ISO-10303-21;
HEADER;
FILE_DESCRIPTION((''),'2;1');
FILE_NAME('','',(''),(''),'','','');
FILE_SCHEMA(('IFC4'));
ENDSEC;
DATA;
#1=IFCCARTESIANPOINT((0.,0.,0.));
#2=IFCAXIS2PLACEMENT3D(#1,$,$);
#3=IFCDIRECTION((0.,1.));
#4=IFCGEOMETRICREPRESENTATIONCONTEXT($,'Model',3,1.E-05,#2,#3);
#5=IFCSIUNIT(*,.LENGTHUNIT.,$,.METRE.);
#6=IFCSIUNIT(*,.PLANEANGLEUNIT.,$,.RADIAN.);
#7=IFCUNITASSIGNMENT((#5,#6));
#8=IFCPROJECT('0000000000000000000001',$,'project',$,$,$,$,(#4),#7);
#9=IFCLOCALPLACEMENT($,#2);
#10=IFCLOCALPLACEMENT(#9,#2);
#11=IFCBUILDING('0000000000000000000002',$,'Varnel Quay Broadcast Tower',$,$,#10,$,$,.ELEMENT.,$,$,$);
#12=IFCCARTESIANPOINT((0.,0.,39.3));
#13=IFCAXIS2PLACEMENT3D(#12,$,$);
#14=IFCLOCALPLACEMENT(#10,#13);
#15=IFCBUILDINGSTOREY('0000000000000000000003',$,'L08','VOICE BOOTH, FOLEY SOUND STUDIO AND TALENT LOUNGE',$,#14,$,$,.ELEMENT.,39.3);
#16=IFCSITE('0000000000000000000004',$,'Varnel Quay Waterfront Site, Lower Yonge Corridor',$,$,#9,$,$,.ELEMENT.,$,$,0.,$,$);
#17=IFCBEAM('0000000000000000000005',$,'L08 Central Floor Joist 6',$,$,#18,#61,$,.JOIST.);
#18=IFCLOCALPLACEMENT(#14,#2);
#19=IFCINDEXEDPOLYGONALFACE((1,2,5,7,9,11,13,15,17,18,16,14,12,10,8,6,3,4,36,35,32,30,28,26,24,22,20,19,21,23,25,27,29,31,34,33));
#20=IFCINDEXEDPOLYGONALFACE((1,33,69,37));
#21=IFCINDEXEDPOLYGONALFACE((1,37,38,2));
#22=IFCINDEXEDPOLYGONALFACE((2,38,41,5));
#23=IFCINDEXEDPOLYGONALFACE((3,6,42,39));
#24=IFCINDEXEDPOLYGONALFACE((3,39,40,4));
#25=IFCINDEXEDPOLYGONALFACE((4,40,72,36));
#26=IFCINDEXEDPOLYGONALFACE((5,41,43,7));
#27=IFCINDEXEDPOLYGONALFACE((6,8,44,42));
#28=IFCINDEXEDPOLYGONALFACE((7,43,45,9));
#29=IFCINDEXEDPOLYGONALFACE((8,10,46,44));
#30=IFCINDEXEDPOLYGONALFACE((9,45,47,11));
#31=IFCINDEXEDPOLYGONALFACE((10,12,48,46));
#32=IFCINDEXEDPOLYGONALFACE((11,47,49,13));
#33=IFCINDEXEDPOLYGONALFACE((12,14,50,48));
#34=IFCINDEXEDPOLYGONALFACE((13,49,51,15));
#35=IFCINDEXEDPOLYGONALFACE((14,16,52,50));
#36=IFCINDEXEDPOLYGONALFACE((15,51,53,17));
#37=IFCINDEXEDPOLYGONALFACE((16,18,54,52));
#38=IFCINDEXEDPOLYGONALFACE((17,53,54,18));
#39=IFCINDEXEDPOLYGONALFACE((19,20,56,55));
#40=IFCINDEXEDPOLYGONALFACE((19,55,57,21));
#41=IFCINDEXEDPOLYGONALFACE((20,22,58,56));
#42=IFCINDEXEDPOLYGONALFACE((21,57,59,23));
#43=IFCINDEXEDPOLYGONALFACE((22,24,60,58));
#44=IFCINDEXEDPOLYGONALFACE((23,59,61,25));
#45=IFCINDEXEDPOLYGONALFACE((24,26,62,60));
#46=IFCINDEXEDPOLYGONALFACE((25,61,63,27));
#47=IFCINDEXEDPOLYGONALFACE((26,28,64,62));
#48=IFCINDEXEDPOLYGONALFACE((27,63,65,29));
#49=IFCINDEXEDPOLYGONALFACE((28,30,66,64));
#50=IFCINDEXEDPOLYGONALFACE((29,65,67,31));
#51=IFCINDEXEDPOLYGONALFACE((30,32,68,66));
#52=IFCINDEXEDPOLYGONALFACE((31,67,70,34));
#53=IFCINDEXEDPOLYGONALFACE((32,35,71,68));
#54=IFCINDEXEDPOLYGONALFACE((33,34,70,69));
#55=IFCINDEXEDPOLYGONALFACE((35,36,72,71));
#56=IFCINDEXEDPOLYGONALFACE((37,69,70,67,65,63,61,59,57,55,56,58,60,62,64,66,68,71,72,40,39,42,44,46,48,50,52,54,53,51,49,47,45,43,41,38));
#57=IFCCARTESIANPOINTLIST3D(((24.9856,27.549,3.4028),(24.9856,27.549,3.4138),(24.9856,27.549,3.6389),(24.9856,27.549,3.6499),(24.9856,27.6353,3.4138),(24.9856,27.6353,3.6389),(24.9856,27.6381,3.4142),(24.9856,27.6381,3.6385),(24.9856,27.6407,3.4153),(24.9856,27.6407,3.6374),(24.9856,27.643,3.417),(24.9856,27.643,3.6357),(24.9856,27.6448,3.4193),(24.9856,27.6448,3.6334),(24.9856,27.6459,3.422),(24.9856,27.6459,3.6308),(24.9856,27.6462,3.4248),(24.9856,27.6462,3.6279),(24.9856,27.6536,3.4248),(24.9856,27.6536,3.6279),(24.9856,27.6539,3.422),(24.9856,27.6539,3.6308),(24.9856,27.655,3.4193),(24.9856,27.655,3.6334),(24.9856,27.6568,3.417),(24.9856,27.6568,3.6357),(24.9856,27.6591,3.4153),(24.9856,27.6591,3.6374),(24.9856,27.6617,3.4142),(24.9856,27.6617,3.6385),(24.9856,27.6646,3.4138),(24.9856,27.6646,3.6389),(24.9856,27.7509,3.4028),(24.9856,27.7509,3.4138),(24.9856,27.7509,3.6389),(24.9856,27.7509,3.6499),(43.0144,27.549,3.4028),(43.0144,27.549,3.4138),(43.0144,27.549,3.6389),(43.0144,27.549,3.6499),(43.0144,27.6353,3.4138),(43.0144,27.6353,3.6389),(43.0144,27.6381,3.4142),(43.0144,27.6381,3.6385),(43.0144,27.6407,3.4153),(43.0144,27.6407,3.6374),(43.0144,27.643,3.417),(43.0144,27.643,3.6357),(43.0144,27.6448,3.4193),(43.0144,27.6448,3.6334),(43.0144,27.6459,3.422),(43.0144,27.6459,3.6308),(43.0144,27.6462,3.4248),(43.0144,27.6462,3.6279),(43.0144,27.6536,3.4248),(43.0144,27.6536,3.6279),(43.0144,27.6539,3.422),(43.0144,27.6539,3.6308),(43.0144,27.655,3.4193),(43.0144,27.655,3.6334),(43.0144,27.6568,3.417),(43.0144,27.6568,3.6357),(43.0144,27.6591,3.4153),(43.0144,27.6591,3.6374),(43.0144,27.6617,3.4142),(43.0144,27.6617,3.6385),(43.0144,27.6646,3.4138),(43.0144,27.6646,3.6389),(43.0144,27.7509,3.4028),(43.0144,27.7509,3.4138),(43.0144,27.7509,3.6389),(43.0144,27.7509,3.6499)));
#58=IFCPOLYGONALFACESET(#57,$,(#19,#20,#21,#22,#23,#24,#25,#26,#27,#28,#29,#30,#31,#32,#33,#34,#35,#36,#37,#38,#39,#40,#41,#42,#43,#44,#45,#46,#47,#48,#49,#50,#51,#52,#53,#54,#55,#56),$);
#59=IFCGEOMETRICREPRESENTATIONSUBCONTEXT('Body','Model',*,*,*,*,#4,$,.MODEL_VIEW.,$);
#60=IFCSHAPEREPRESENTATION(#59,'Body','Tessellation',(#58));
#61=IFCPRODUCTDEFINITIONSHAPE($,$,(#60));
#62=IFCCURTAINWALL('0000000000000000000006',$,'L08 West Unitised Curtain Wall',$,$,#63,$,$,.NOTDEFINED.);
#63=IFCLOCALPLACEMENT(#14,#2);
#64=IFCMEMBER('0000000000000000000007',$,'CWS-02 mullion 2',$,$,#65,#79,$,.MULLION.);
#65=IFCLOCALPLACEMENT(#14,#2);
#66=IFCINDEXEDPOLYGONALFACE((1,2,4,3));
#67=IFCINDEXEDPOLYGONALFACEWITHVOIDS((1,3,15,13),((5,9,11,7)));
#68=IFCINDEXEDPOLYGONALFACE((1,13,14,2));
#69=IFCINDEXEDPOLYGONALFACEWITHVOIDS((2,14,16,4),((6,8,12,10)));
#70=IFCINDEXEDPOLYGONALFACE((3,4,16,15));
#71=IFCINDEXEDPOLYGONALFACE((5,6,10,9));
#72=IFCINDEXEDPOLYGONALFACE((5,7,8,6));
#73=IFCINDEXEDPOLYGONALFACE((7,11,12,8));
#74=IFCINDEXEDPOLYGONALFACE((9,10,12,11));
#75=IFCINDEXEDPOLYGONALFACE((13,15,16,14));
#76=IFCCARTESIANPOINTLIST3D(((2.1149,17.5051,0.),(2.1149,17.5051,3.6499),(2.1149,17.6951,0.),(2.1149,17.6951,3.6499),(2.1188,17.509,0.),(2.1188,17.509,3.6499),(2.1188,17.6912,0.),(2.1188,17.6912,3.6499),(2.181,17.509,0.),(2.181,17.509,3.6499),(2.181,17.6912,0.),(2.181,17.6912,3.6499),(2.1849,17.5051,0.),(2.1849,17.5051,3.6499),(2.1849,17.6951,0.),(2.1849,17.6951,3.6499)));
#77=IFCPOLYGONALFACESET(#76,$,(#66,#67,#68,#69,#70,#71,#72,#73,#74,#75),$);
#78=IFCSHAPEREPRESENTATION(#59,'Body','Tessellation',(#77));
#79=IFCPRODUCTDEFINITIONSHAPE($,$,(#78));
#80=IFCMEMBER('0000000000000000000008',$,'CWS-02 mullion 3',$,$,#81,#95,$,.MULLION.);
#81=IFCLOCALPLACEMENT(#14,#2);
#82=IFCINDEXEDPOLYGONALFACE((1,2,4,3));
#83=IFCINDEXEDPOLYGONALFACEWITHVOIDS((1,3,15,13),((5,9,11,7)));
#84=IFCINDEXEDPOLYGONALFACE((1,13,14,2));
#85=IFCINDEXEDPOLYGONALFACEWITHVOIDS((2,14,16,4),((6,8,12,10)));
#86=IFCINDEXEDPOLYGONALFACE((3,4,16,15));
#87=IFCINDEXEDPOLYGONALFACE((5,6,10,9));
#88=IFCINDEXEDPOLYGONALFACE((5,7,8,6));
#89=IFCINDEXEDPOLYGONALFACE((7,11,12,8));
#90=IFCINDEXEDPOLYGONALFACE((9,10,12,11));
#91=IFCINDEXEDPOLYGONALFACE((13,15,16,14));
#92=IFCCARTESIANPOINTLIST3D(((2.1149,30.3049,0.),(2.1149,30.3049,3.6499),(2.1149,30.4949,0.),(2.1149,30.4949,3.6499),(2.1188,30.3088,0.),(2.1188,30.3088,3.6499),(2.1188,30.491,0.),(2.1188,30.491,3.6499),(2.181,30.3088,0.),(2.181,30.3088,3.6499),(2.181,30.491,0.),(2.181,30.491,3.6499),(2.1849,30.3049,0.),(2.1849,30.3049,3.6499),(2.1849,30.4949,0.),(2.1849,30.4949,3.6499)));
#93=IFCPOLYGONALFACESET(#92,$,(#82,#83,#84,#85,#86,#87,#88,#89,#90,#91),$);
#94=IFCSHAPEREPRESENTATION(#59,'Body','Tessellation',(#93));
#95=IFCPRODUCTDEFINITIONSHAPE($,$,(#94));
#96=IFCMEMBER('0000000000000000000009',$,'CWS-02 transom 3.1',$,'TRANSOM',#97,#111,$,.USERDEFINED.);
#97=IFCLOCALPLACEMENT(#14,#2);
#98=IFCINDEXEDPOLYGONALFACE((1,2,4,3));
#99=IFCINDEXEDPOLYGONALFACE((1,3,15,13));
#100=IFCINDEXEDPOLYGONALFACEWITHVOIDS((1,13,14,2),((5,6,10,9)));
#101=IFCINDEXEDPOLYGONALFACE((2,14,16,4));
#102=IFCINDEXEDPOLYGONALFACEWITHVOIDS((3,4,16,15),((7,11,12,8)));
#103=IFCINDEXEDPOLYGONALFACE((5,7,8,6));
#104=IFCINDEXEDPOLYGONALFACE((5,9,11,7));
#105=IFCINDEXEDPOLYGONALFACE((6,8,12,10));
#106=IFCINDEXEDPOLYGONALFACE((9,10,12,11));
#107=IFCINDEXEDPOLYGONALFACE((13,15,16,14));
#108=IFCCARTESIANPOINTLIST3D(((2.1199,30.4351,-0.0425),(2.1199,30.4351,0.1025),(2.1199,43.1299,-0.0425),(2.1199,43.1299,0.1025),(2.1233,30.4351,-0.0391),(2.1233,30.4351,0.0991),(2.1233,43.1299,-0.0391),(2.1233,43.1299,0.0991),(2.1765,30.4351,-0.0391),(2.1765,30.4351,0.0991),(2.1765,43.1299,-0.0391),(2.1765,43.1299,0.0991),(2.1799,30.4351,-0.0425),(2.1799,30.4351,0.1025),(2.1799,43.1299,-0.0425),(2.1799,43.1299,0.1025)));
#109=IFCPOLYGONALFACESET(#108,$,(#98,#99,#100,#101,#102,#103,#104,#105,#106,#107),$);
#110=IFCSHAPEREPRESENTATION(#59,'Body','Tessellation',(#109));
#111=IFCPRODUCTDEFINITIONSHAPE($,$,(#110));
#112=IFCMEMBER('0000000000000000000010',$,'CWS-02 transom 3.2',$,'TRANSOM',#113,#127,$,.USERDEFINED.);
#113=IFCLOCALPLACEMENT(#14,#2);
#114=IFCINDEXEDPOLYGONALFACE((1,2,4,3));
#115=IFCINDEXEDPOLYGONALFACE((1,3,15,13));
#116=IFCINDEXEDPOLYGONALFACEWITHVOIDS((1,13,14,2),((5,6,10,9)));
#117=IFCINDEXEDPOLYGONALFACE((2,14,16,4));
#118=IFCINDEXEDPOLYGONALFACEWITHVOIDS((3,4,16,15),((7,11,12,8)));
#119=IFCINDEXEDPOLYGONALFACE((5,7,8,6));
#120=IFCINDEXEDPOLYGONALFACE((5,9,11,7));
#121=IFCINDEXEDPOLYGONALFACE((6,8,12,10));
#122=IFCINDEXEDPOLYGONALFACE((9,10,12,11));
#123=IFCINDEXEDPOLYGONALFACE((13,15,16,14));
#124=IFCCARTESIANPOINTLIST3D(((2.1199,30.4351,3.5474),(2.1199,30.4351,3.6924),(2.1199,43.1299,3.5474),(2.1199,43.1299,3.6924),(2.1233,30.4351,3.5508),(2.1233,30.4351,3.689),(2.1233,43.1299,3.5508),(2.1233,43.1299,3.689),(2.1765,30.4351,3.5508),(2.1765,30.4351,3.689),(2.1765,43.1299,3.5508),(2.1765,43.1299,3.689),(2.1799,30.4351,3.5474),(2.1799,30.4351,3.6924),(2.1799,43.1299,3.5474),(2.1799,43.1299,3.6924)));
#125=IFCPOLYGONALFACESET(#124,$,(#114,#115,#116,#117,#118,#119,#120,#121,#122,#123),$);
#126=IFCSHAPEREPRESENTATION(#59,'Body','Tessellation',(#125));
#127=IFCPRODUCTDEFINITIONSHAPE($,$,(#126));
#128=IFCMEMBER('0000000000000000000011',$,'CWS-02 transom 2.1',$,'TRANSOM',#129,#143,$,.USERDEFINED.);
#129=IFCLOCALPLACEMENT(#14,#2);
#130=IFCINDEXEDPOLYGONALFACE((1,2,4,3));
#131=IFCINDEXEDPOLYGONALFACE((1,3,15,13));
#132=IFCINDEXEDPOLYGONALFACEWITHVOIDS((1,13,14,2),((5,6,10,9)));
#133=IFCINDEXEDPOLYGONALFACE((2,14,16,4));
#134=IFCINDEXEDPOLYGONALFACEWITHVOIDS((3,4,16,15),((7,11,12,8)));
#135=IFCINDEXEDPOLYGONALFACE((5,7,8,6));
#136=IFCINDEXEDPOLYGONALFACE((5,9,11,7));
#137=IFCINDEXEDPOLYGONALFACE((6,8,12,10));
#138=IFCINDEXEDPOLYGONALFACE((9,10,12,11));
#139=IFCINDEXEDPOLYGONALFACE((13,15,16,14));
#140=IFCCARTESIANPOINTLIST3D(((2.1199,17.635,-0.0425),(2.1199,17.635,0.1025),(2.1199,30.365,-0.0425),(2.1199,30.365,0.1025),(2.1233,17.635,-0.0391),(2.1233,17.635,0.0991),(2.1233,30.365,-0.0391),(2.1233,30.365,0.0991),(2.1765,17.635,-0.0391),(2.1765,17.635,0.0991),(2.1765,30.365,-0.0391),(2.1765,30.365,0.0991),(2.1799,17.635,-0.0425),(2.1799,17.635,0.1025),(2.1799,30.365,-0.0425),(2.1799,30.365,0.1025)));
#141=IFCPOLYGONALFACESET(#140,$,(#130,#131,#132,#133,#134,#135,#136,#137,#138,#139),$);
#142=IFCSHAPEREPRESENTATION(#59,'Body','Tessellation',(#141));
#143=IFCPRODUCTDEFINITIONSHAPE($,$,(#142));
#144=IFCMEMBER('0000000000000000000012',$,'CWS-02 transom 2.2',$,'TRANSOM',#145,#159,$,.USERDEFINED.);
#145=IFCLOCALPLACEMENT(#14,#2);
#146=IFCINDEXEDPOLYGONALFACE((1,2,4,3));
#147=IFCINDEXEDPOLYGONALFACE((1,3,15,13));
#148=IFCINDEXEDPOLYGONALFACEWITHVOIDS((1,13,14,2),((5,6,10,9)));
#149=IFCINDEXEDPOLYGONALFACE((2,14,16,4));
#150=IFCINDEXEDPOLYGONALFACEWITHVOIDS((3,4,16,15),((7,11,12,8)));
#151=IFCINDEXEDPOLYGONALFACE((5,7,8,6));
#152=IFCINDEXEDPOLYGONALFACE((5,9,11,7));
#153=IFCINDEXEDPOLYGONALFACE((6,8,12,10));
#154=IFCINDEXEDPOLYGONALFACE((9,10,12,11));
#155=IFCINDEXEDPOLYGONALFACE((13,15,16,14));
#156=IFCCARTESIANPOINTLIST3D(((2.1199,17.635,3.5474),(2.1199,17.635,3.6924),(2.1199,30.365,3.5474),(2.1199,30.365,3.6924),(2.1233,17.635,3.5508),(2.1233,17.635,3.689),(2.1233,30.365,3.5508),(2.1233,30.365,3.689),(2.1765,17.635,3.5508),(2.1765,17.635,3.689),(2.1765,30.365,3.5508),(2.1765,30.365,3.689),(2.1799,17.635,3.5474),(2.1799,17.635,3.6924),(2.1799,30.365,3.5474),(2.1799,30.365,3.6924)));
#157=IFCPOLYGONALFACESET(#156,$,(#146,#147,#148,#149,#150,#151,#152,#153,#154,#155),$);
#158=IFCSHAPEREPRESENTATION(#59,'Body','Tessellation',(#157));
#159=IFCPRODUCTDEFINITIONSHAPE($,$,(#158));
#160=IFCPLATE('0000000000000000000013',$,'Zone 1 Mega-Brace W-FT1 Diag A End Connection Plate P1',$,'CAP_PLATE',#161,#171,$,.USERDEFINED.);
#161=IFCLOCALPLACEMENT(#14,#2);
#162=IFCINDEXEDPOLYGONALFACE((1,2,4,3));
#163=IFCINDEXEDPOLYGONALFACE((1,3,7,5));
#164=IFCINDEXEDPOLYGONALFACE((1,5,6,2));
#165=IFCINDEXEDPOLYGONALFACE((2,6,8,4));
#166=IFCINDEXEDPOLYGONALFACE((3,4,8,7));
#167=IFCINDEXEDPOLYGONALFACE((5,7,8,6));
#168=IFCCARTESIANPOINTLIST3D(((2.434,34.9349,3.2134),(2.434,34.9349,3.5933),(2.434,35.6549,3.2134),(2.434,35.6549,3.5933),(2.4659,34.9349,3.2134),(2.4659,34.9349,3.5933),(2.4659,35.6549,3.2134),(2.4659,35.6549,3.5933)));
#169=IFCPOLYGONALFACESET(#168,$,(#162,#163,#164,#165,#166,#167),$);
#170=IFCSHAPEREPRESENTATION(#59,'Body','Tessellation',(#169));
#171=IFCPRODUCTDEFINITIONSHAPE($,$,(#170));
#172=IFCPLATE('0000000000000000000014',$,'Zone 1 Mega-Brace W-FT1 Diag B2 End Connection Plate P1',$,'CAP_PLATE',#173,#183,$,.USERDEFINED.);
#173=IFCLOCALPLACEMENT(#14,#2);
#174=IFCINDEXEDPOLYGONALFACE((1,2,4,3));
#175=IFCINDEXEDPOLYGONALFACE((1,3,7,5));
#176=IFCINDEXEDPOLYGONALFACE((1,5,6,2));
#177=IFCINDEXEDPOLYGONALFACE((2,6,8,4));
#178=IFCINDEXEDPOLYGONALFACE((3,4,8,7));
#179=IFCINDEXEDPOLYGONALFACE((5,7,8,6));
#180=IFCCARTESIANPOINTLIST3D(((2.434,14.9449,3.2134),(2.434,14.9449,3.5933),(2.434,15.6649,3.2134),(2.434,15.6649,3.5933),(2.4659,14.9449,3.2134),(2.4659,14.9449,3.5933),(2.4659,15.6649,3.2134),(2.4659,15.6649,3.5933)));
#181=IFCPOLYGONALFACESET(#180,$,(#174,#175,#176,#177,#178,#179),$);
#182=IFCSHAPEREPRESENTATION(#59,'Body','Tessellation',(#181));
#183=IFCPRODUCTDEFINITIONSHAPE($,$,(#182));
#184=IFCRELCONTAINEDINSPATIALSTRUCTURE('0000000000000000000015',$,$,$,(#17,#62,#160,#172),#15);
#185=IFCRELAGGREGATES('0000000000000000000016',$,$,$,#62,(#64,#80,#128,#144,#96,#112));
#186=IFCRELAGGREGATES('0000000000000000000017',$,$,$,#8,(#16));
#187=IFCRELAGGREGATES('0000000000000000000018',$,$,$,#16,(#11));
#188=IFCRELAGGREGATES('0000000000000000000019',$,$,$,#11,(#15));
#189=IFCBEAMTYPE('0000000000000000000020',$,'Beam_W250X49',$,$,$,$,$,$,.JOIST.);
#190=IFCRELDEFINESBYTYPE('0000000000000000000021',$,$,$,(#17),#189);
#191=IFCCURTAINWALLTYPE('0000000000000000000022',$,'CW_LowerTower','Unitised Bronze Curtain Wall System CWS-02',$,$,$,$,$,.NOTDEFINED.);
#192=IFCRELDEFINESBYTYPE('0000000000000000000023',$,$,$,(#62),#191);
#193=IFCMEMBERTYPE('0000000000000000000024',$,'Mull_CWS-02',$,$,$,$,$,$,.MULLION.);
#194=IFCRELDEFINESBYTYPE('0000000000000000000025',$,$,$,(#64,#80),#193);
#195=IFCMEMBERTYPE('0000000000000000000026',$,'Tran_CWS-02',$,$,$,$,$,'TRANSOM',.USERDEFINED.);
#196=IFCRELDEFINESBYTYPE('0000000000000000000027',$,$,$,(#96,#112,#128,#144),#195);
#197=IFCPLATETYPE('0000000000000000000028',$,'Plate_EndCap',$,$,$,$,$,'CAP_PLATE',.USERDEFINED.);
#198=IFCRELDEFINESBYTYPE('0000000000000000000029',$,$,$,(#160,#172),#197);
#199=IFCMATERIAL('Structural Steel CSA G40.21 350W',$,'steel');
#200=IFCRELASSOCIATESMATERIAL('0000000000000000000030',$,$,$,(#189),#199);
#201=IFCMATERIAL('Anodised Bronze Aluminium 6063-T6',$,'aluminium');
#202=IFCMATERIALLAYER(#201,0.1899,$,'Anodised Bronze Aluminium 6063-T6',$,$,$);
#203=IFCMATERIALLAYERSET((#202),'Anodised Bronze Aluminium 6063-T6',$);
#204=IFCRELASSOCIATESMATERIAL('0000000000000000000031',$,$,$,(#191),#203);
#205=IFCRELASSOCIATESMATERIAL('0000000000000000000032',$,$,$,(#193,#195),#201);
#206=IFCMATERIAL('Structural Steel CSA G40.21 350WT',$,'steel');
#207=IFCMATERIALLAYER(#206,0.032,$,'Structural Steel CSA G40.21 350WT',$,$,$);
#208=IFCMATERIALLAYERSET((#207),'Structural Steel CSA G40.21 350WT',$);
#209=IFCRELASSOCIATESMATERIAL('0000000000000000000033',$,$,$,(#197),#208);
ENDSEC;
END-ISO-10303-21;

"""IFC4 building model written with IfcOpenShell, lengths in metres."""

from ifc_helpers import new_model, si_unit, direction, frame, origin, origin_2d, place, context, subcontext, project, spatial, rectangle, hollow_rectangle, i_section, extrude, source, transform, mapped, material, layer, layer_set, material_profile, profile_set, type_object, type_shapes, element, aggregate, save


model = new_model("IFC4")

# Units and contexts
model_context = context("Model", 3, precision=1e-05, world=origin(), true_north=direction((0.0, 1.0)))
body_context = subcontext(model_context, "Body", "Model", "MODEL_VIEW")
ifc_project = project(units=[si_unit("LENGTHUNIT", "METRE"), si_unit("PLANEANGLEUNIT", "RADIAN")], contexts=[model_context])

# Site, building, storey
site_placement = place(None, origin())
site = spatial("IfcSite", under=ifc_project, at=site_placement, Name="Varnel Quay Waterfront Site, Lower Yonge Corridor", CompositionType="ELEMENT", RefElevation=0.0)
building_placement = place(site_placement, origin())
building = spatial("IfcBuilding", under=site, at=building_placement, Name="Varnel Quay Broadcast Tower", CompositionType="ELEMENT")
storey_placement = place(building_placement, frame((0.0, 0.0, 39.3)))
storey = spatial("IfcBuildingStorey", under=building, at=storey_placement, Name="L08", Description="VOICE BOOTH, FOLEY SOUND STUDIO AND TALENT LOUNGE", CompositionType="ELEMENT", Elevation=39.3)

# Shared definitions
ifc_material_1 = material(Name="Structural Steel CSA G40.21 350WT", Category="steel")
ifc_material_2 = material(Name="Structural Steel CSA G40.21 350W", Category="steel")

# Beam
ifc_material_profile_1 = material_profile(ifc_material_2, i_section(OverallWidth=0.2019, OverallDepth=0.2471, WebThickness=0.0073, FlangeThickness=0.011, FilletRadius=0.011, at=origin_2d()), Name="W250X49")
ifc_profile_set_1 = profile_set([ifc_material_profile_1], Name="Structural Steel CSA G40.21 350W")
beam_type_1 = type_object("IfcBeamType", Name="Beam_W250X49", PredefinedType="JOIST", material=ifc_profile_set_1)
shared_shape_1 = source(origin(), body_context, "Body", "SweptSolid", [
    extrude(i_section(OverallWidth=0.2019, OverallDepth=0.2471, WebThickness=0.0073, FlangeThickness=0.011, FilletRadius=0.011, at=origin_2d()), origin(), (0.0, 0.0, 1.0), 18.0288),
])
beam_1_placement = place(storey_placement, frame((24.9856, 27.6499, 3.5264), z_axis=(1.0, 0.0, 0.0), x_axis=(0.0, 1.0, 0.0)))
element("IfcBeam", 1, at=beam_1_placement, inside=storey, type_object=beam_type_1, Name="L08 Central Floor Joist 6", PredefinedType="JOIST", context=body_context, shape_type="MappedRepresentation", body=[
    mapped(shared_shape_1, transform((0.0, 0.0, 0.0), x_axis=(1.0, 0.0, 0.0), y_axis=(0.0, 1.0, 0.0), z_axis=(0.0, 0.0, 1.0), scale=1.0)),
])

# Curtain wall, members
ifc_material_3 = material(Name="Anodised Bronze Aluminium 6063-T6", Category="aluminium")
ifc_layer_1 = layer(ifc_material_3, 0.1899, Name="Anodised Bronze Aluminium 6063-T6")
ifc_layer_set_1 = layer_set([ifc_layer_1], Name="Anodised Bronze Aluminium 6063-T6")
curtain_wall_type = type_object("IfcCurtainWallType", Name="CW_LowerTower", Description="Unitised Bronze Curtain Wall System CWS-02", PredefinedType="NOTDEFINED", material=ifc_layer_set_1)
curtain_wall_placement = place(storey_placement, origin())
curtain_wall = element("IfcCurtainWall", 2, at=curtain_wall_placement, inside=storey, type_object=curtain_wall_type, Name="L08 West Unitised Curtain Wall", PredefinedType="NOTDEFINED")
ifc_material_profile_2 = material_profile(ifc_material_3, hollow_rectangle(XDim=0.0701, YDim=0.1899, WallThickness=0.0039, at=origin_2d()), Name="ALU70X190X4")
ifc_profile_set_2 = profile_set([ifc_material_profile_2], Name="Anodised Bronze Aluminium 6063-T6")
member_type_1 = type_object("IfcMemberType", Name="Mull_CWS-02", PredefinedType="MULLION", material=ifc_profile_set_2)
shared_shape_2 = source(origin(), body_context, "Body", "SweptSolid", [
    extrude(hollow_rectangle(XDim=0.0701, YDim=0.1899, WallThickness=0.0039, at=origin_2d()), origin(), (0.0, 0.0, 1.0), 3.6499),
])
type_shapes(member_type_1, [shared_shape_2])
member_1_placement = place(storey_placement, frame((2.1499, 17.6001, 0.0), z_axis=(0.0, 0.0, 1.0), x_axis=(-1.0, 0.0, 0.0)))
member_1 = element("IfcMember", 3, at=member_1_placement, type_object=member_type_1, Name="CWS-02 mullion 2", PredefinedType="MULLION", context=body_context, shape_type="MappedRepresentation", body=[
    mapped(shared_shape_2, transform((0.0, 0.0, 0.0), x_axis=(1.0, 0.0, 0.0), y_axis=(0.0, 1.0, 0.0), z_axis=(0.0, 0.0, 1.0), scale=1.0)),
])
member_2_placement = place(storey_placement, frame((2.1499, 30.3999, 0.0), z_axis=(0.0, 0.0, 1.0), x_axis=(-1.0, 0.0, 0.0)))
member_2 = element("IfcMember", 4, at=member_2_placement, type_object=member_type_1, Name="CWS-02 mullion 3", PredefinedType="MULLION", context=body_context, shape_type="MappedRepresentation", body=[
    mapped(shared_shape_2, transform((0.0, 0.0, 0.0), x_axis=(1.0, 0.0, 0.0), y_axis=(0.0, 1.0, 0.0), z_axis=(0.0, 0.0, 1.0), scale=1.0)),
])
ifc_material_profile_3 = material_profile(ifc_material_3, hollow_rectangle(XDim=0.0601, YDim=0.145, WallThickness=0.0034, at=origin_2d()), Name="ALU60X145X3.5")
ifc_profile_set_3 = profile_set([ifc_material_profile_3], Name="Anodised Bronze Aluminium 6063-T6")
member_type_2 = type_object("IfcMemberType", Name="Tran_CWS-02", ElementType="TRANSOM", PredefinedType="USERDEFINED", material=ifc_profile_set_3)
shared_shape_3 = source(origin(), body_context, "Body", "SweptSolid", [
    extrude(hollow_rectangle(XDim=0.0601, YDim=0.145, WallThickness=0.0034, at=origin_2d()), origin(), (0.0, 0.0, 1.0), 12.6948),
])
member_3_placement = place(storey_placement, frame((2.1499, 30.4351, 0.03), z_axis=(0.0, 1.0, 0.0), x_axis=(-1.0, 0.0, 0.0)))
member_3 = element("IfcMember", 5, at=member_3_placement, type_object=member_type_2, Name="CWS-02 transom 3.1", ObjectType="TRANSOM", PredefinedType="USERDEFINED", context=body_context, shape_type="MappedRepresentation", body=[
    mapped(shared_shape_3, transform((0.0, 0.0, 0.0), x_axis=(1.0, 0.0, 0.0), y_axis=(0.0, 1.0, 0.0), z_axis=(0.0, 0.0, 1.0), scale=1.0)),
])
member_4_placement = place(storey_placement, frame((2.1499, 30.4351, 3.6199), z_axis=(0.0, 1.0, 0.0), x_axis=(-1.0, 0.0, 0.0)))
member_4 = element("IfcMember", 6, at=member_4_placement, type_object=member_type_2, Name="CWS-02 transom 3.2", ObjectType="TRANSOM", PredefinedType="USERDEFINED", context=body_context, shape_type="MappedRepresentation", body=[
    mapped(shared_shape_3, transform((0.0, 0.0, 0.0), x_axis=(1.0, 0.0, 0.0), y_axis=(0.0, 1.0, 0.0), z_axis=(0.0, 0.0, 1.0), scale=1.0)),
])
shared_shape_4 = source(origin(), body_context, "Body", "SweptSolid", [
    extrude(hollow_rectangle(XDim=0.0601, YDim=0.145, WallThickness=0.0034, at=origin_2d()), origin(), (0.0, 0.0, 1.0), 12.73),
])
type_shapes(member_type_2, [shared_shape_3, shared_shape_4])
member_5_placement = place(storey_placement, frame((2.1499, 17.635, 0.03), z_axis=(0.0, 1.0, 0.0), x_axis=(-1.0, 0.0, 0.0)))
member_5 = element("IfcMember", 7, at=member_5_placement, type_object=member_type_2, Name="CWS-02 transom 2.1", ObjectType="TRANSOM", PredefinedType="USERDEFINED", context=body_context, shape_type="MappedRepresentation", body=[
    mapped(shared_shape_4, transform((0.0, 0.0, 0.0), x_axis=(1.0, 0.0, 0.0), y_axis=(0.0, 1.0, 0.0), z_axis=(0.0, 0.0, 1.0), scale=1.0)),
])
member_6_placement = place(storey_placement, frame((2.1499, 17.635, 3.6199), z_axis=(0.0, 1.0, 0.0), x_axis=(-1.0, 0.0, 0.0)))
member_6 = element("IfcMember", 8, at=member_6_placement, type_object=member_type_2, Name="CWS-02 transom 2.2", ObjectType="TRANSOM", PredefinedType="USERDEFINED", context=body_context, shape_type="MappedRepresentation", body=[
    mapped(shared_shape_4, transform((0.0, 0.0, 0.0), x_axis=(1.0, 0.0, 0.0), y_axis=(0.0, 1.0, 0.0), z_axis=(0.0, 0.0, 1.0), scale=1.0)),
])

# Plates
ifc_layer_2 = layer(ifc_material_1, 0.032, Name="Structural Steel CSA G40.21 350WT")
ifc_layer_set_2 = layer_set([ifc_layer_2], Name="Structural Steel CSA G40.21 350WT")
plate_type_1 = type_object("IfcPlateType", Name="Plate_EndCap", ElementType="CAP_PLATE", PredefinedType="USERDEFINED", material=ifc_layer_set_2)
shared_shape_5 = source(origin(), body_context, "Body", "SweptSolid", [
    extrude(rectangle(XDim=0.72, YDim=0.032, at=origin_2d()), origin(), (0.0, 0.0, 1.0), 0.3799),
])
type_shapes(plate_type_1, [shared_shape_5])
for number, where, z_axis, x_axis, name in (
    (9, (2.45, 35.2949, 3.2134), (0.0, 0.0, 1.0), (0.0, 1.0, 0.0), "Zone 1 Mega-Brace W-FT1 Diag A End Connection Plate P1"),
    (10, (2.45, 15.3049, 3.2134), (0.0, 0.0, 1.0), (0.0, 1.0, 0.0), "Zone 1 Mega-Brace W-FT1 Diag B2 End Connection Plate P1"),
):
    element("IfcPlate", number, at=place(storey_placement, frame(where, z_axis=z_axis, x_axis=x_axis)), inside=storey, type_object=plate_type_1, Name=name, ObjectType="CAP_PLATE", PredefinedType="USERDEFINED", context=body_context, shape_type="MappedRepresentation", body=[
        mapped(shared_shape_5, transform((0.0, 0.0, 0.0), x_axis=(1.0, 0.0, 0.0), y_axis=(0.0, 1.0, 0.0), z_axis=(0.0, 0.0, 1.0), scale=1.0)),
    ])

aggregate(curtain_wall, [member_1, member_2, member_5, member_6, member_3, member_4])

save(model, "model.ifc")
